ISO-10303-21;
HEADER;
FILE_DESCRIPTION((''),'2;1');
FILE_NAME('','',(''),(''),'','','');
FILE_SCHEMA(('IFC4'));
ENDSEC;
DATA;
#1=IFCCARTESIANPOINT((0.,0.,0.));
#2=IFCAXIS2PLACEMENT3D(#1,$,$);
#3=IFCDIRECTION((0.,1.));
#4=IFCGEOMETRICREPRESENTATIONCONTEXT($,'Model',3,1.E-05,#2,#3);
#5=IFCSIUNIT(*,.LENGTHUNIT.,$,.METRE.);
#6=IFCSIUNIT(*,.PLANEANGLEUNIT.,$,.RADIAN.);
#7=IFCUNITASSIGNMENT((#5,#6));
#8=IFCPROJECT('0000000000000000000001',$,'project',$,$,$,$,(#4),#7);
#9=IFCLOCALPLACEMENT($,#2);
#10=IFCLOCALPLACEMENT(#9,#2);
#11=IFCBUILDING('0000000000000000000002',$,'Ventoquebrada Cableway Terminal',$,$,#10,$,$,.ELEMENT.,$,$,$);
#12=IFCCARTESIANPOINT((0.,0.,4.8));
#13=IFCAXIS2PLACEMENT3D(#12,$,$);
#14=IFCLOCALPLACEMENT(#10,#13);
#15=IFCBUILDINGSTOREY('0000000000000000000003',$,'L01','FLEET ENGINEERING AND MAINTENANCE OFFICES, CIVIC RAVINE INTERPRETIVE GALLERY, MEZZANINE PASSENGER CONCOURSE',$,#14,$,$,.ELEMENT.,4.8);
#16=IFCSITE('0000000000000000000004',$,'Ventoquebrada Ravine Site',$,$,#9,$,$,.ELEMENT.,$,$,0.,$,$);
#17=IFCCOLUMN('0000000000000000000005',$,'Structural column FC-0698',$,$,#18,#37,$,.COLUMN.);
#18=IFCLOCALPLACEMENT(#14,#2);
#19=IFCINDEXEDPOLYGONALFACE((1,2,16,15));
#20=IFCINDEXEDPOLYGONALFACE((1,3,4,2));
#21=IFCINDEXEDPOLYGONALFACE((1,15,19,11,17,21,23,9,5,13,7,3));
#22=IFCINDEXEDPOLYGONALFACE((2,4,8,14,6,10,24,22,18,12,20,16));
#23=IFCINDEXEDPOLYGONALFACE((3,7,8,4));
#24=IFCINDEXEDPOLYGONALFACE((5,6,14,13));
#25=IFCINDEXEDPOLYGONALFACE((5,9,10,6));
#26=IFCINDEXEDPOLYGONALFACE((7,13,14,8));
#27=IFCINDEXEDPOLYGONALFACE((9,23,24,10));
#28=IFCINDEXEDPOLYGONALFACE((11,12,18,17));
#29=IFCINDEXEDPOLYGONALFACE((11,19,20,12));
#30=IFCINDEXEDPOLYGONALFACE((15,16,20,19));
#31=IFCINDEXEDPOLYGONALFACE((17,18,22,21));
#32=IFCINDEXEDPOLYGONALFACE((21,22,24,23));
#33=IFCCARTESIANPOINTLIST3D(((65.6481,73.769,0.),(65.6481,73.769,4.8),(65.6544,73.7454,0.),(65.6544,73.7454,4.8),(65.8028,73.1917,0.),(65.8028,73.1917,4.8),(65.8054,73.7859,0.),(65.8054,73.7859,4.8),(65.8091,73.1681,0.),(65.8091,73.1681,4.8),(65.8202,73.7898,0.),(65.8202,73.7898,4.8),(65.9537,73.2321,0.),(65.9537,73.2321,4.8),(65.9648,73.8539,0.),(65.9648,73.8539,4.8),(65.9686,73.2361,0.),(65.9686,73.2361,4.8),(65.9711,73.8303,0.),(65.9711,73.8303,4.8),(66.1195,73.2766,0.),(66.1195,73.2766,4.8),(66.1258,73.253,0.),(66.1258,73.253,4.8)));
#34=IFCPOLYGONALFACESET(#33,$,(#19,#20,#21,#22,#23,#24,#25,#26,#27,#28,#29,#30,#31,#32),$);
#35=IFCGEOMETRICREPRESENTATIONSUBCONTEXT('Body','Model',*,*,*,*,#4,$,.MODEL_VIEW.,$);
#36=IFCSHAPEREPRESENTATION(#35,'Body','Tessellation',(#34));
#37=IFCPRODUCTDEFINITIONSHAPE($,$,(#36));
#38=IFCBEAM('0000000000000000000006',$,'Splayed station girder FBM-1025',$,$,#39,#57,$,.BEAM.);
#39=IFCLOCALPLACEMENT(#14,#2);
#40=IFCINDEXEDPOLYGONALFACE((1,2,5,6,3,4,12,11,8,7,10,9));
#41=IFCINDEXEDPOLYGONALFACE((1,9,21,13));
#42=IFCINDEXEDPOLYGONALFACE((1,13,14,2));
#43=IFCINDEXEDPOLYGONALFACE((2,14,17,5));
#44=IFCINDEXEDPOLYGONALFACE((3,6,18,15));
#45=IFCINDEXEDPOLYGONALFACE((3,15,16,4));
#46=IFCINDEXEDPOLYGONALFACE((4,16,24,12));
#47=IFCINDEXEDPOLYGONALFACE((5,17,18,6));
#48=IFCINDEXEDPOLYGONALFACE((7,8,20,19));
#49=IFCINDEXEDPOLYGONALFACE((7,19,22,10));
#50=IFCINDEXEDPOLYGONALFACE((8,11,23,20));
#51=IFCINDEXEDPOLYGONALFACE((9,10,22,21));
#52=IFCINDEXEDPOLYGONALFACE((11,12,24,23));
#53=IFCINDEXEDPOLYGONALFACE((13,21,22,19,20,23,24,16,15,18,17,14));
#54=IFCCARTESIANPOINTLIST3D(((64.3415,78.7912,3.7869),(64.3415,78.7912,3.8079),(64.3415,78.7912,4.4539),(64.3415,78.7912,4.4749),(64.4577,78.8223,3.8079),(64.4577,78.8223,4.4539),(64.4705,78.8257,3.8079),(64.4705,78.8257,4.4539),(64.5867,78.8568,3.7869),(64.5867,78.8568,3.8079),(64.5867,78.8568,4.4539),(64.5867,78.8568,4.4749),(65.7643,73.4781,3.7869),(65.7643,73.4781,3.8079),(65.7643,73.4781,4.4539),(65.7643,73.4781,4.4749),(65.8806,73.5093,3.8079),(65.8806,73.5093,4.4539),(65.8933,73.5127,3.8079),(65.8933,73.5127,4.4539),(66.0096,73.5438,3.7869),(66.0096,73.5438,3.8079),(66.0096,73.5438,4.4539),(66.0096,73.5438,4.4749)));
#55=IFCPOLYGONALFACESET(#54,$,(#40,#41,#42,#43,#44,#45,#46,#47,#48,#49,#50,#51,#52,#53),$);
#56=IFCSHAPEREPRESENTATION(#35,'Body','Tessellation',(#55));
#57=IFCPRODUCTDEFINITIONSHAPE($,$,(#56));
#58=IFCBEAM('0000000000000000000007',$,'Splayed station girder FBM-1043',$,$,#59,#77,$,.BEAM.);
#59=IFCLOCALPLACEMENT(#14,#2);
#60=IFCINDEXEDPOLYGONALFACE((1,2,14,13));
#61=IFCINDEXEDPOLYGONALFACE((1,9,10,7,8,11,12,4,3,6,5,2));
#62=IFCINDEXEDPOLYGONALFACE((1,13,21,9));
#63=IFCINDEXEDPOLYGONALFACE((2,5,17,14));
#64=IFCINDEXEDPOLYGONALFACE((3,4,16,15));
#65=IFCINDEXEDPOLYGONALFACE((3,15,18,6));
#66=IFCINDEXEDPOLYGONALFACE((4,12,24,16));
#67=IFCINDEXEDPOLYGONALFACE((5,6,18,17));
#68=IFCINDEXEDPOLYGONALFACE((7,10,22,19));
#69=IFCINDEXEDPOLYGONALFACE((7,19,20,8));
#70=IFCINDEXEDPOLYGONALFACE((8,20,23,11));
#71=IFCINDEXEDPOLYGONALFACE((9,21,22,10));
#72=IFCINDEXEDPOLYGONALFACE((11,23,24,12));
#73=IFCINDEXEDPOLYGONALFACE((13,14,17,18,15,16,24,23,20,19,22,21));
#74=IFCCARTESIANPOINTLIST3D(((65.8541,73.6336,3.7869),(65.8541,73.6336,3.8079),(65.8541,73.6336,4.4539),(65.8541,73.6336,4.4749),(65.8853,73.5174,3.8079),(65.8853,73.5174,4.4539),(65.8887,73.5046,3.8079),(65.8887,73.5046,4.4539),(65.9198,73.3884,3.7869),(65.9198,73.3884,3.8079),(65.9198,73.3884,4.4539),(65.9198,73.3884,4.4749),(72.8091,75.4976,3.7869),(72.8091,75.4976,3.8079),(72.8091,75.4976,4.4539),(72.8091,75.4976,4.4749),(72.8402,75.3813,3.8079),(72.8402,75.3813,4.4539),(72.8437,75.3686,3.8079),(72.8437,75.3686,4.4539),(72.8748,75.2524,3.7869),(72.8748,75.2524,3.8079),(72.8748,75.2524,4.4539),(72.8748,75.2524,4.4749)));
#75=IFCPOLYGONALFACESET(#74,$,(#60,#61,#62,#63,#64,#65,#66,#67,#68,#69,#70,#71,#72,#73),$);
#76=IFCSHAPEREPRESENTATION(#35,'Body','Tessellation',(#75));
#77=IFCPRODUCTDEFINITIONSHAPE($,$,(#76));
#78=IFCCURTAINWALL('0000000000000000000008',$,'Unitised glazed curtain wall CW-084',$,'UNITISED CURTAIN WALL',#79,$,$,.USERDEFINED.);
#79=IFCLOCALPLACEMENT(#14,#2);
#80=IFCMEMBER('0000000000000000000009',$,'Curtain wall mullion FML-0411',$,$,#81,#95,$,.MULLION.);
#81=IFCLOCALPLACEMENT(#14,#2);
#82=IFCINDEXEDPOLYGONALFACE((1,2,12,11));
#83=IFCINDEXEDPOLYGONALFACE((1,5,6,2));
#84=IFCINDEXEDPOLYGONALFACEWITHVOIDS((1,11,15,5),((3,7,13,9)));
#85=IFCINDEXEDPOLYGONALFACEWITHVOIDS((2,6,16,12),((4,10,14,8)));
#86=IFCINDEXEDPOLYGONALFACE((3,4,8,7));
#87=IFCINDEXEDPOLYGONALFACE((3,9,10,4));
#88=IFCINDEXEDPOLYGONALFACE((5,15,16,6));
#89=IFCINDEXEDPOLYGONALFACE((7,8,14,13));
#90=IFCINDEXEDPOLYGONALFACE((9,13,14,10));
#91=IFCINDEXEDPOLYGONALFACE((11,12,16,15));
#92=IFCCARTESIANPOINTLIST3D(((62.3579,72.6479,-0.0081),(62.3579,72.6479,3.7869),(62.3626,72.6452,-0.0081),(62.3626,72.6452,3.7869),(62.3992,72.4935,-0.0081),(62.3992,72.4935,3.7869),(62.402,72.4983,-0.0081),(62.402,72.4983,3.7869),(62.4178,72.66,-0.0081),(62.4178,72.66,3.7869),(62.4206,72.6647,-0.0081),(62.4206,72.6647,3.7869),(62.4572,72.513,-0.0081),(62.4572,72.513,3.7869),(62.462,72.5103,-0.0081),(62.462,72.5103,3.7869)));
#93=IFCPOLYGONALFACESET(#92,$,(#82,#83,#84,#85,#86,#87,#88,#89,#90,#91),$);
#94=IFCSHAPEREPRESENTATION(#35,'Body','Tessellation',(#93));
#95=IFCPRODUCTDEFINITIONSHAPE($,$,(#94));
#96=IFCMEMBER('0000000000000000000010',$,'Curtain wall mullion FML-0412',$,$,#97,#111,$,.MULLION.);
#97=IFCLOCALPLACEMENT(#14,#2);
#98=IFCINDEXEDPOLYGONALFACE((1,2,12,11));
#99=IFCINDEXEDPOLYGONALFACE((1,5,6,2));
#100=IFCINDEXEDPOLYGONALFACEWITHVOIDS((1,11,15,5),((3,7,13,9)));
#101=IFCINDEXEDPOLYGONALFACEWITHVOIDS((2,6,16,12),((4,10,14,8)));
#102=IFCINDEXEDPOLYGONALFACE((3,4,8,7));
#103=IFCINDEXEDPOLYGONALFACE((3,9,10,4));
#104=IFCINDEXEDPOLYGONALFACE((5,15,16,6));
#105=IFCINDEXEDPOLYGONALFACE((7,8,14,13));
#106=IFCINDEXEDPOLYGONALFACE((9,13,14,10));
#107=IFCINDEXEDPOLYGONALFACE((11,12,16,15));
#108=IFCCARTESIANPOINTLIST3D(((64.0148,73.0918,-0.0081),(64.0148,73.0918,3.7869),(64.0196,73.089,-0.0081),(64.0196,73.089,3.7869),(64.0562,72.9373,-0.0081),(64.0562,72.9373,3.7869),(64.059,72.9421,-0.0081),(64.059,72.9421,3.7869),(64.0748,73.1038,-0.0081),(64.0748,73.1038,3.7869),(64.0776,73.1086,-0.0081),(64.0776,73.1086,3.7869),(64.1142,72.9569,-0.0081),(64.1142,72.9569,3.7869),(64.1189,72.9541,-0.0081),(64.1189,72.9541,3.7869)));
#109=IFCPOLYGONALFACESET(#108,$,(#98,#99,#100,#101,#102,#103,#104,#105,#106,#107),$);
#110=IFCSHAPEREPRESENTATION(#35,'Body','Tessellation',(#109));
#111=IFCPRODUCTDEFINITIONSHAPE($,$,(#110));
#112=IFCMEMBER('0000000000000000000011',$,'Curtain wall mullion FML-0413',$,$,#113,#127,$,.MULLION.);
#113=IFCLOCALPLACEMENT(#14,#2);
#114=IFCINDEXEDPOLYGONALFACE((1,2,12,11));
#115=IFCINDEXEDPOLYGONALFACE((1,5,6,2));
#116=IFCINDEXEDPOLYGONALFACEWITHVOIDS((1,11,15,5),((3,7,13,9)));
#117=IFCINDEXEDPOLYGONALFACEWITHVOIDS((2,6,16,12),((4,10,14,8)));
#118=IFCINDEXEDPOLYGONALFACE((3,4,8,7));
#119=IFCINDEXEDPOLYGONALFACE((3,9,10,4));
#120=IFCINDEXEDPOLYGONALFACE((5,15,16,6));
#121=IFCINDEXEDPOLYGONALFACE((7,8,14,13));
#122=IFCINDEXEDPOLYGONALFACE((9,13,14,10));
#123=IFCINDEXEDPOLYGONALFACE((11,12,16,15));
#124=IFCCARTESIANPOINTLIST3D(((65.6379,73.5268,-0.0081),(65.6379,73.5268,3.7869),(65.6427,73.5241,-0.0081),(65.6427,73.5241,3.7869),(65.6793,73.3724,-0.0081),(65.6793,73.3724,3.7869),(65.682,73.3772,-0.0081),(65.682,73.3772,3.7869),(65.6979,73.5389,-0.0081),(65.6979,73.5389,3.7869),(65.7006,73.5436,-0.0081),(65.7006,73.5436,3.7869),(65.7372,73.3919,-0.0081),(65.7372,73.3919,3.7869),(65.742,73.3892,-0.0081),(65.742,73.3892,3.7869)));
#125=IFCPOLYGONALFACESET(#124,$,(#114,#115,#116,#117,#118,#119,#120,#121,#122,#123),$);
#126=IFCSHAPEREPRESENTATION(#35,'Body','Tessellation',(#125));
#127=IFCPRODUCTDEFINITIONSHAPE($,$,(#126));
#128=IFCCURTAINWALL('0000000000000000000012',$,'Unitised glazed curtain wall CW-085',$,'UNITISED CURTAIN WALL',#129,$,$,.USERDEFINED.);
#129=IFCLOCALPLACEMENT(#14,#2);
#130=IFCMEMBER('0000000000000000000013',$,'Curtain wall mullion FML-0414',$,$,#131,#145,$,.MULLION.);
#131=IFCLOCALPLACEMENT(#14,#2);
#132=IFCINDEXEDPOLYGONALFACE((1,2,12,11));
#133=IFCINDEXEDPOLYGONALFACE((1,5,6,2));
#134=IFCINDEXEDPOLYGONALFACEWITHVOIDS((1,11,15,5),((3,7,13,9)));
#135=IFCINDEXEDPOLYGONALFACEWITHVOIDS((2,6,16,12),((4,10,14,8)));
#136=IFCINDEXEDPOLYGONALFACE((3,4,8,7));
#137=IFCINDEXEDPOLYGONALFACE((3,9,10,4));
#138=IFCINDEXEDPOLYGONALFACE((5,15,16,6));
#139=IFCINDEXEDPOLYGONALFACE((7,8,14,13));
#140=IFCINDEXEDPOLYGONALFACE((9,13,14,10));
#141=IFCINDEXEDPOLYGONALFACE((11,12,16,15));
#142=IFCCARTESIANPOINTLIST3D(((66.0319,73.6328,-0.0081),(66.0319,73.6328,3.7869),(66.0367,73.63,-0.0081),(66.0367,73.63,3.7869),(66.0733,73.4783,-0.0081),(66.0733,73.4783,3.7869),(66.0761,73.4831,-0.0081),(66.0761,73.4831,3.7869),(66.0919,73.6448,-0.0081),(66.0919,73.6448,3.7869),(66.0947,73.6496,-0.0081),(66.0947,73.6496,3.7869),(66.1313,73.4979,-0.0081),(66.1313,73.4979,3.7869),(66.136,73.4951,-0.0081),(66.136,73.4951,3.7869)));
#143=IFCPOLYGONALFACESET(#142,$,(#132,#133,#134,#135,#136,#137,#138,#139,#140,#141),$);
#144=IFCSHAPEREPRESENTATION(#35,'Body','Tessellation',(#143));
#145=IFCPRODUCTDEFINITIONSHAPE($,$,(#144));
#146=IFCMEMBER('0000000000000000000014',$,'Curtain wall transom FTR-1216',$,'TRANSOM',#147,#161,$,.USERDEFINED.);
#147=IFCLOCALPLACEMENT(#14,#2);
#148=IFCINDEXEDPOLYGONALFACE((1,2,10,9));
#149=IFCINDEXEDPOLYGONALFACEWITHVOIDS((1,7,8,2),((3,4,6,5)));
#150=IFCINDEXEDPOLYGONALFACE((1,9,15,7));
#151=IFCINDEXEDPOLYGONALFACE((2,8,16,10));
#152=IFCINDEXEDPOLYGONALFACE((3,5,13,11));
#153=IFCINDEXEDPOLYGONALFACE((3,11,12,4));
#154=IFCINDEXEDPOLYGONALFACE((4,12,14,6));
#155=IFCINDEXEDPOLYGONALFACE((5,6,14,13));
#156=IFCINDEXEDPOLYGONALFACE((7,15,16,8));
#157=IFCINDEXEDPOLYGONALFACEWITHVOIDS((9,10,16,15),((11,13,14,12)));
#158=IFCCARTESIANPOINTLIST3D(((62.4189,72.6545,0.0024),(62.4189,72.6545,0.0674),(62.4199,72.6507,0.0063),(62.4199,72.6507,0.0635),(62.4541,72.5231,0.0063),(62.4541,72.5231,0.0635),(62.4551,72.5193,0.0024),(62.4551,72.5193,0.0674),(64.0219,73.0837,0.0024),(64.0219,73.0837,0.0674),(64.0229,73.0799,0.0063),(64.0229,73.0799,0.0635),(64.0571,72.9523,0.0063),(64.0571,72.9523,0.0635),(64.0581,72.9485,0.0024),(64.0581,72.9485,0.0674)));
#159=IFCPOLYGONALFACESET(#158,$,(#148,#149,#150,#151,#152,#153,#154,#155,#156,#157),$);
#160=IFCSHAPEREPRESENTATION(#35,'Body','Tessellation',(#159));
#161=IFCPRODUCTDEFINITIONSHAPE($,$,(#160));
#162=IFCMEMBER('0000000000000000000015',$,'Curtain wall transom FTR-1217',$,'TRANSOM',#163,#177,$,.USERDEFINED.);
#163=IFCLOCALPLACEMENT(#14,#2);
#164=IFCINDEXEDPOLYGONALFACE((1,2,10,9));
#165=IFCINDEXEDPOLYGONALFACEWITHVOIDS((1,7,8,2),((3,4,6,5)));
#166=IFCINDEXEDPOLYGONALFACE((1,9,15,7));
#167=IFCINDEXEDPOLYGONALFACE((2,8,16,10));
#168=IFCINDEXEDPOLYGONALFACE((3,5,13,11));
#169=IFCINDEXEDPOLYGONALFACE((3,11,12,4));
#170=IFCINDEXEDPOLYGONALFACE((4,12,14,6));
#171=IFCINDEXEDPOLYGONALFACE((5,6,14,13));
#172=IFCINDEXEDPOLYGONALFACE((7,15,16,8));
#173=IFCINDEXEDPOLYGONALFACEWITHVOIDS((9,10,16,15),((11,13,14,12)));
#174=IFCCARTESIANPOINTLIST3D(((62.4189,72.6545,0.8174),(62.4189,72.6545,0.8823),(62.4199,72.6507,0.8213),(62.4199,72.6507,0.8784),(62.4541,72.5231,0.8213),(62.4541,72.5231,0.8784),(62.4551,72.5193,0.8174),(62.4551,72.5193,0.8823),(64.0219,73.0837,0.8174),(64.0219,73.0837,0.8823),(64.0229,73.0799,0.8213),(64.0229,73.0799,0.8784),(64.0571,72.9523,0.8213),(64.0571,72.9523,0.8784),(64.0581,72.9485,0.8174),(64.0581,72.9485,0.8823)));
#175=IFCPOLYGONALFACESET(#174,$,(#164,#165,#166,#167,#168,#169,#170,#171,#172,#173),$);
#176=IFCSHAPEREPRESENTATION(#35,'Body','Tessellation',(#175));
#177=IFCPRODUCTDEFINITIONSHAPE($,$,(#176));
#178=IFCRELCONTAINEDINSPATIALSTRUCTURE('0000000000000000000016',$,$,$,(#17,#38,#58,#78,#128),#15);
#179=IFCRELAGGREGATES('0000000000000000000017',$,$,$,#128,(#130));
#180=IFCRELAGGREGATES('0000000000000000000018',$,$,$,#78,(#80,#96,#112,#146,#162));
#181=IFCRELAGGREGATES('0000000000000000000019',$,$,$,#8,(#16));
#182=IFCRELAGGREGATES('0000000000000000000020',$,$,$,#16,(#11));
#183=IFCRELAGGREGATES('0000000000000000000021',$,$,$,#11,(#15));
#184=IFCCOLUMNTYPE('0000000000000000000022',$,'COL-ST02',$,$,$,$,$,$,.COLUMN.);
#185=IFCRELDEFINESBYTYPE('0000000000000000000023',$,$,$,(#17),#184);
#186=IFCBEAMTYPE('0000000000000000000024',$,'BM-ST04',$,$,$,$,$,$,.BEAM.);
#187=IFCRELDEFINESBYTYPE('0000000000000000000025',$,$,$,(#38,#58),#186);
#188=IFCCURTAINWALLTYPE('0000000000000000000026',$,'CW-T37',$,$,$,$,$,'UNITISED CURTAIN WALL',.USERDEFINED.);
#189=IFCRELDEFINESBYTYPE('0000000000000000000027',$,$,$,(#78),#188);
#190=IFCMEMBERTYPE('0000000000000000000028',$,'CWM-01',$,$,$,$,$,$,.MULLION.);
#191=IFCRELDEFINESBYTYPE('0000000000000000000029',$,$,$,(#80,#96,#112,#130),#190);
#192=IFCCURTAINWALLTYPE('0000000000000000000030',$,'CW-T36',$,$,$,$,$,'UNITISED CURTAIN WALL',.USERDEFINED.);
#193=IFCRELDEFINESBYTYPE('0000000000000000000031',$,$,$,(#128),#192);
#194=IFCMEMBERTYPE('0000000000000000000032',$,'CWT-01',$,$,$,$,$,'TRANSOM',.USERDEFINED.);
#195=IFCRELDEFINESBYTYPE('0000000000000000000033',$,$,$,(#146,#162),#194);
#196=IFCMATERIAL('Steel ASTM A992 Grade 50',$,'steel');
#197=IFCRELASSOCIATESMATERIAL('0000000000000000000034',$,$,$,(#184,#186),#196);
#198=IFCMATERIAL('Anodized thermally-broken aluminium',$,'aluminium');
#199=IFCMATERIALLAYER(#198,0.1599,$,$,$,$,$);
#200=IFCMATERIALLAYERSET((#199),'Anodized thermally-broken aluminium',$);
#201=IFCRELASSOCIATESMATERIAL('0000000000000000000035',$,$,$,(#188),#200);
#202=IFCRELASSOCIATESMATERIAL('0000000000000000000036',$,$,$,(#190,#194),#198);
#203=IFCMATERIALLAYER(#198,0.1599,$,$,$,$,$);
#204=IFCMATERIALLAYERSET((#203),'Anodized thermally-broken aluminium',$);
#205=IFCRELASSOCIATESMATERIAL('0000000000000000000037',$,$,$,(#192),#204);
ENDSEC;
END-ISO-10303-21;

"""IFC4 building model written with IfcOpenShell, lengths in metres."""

from ifc_helpers import new_model, si_unit, direction, frame, origin, origin_2d, place, context, subcontext, project, spatial, hollow_rectangle, i_section, extrude, material, layer, layer_set, material_profile, profile_set, type_object, element, aggregate, save


model = new_model("IFC4")

# Units and contexts
model_context = context("Model", 3, precision=1e-05, world=origin(), true_north=direction((0.0, 1.0)))
body_context = subcontext(model_context, "Body", "Model", "MODEL_VIEW")
ifc_project = project(units=[si_unit("LENGTHUNIT", "METRE"), si_unit("PLANEANGLEUNIT", "RADIAN")], contexts=[model_context])

# Site, building, storey
site_placement = place(None, origin())
site = spatial("IfcSite", under=ifc_project, at=site_placement, Name="Ventoquebrada Ravine Site", CompositionType="ELEMENT", RefElevation=0.0)
building_placement = place(site_placement, origin())
building = spatial("IfcBuilding", under=site, at=building_placement, Name="Ventoquebrada Cableway Terminal", CompositionType="ELEMENT")
storey_placement = place(building_placement, frame((0.0, 0.0, 4.8)))
storey = spatial("IfcBuildingStorey", under=building, at=storey_placement, Name="L01", Description="FLEET ENGINEERING AND MAINTENANCE OFFICES, CIVIC RAVINE INTERPRETIVE GALLERY, MEZZANINE PASSENGER CONCOURSE", CompositionType="ELEMENT", Elevation=4.8)

# Column
ifc_material_1 = material(Name="Steel ASTM A992 Grade 50", Category="steel")
ifc_material_profile_1 = material_profile(ifc_material_1, i_section(OverallWidth=0.3279, OverallDepth=0.6221, WebThickness=0.0154, FlangeThickness=0.0244, at=origin_2d()), Name="W24X131")
ifc_profile_set_1 = profile_set([ifc_material_profile_1], Name="Steel ASTM A992 Grade 50")
column_type = type_object("IfcColumnType", Name="COL-ST02", PredefinedType="COLUMN", material=ifc_profile_set_1)
column_placement = place(storey_placement, frame((65.887, 73.511, 0.0), z_axis=(0.0, 0.0, 1.0), x_axis=(0.965926, 0.258819, 0.0)))
element("IfcColumn", 1, at=column_placement, inside=storey, type_object=column_type, Name="Structural column FC-0698", PredefinedType="COLUMN", context=body_context, shape_type="SweptSolid", body=[
    extrude(i_section(OverallWidth=0.3279, OverallDepth=0.6221, WebThickness=0.0154, FlangeThickness=0.0244, at=origin_2d()), origin(), (0.0, 0.0, 1.0), 4.8),
])

# Beams
ifc_material_profile_2 = material_profile(ifc_material_1, i_section(OverallWidth=0.2539, OverallDepth=0.688, WebThickness=0.0132, FlangeThickness=0.021, at=origin_2d()), Name="W27X102")
ifc_profile_set_2 = profile_set([ifc_material_profile_2], Name="Steel ASTM A992 Grade 50")
beam_type = type_object("IfcBeamType", Name="BM-ST04", PredefinedType="BEAM", material=ifc_profile_set_2)
beam_1_placement = place(storey_placement, frame((65.887, 73.511, 4.1309), z_axis=(-0.25869, 0.96596, 0.0), x_axis=(-0.96596, -0.25869, 0.0)))
element("IfcBeam", 2, at=beam_1_placement, inside=storey, type_object=beam_type, Name="Splayed station girder FBM-1025", PredefinedType="BEAM", context=body_context, shape_type="SweptSolid", body=[
    extrude(i_section(OverallWidth=0.2539, OverallDepth=0.688, WebThickness=0.0132, FlangeThickness=0.021, at=origin_2d()), origin(), (0.0, 0.0, 1.0), 5.5002),
])
beam_2_placement = place(storey_placement, frame((65.887, 73.511, 4.1309), z_axis=(0.965912, 0.258872, 0.0), x_axis=(-0.258872, 0.965912, 0.0)))
element("IfcBeam", 3, at=beam_2_placement, inside=storey, type_object=beam_type, Name="Splayed station girder FBM-1043", PredefinedType="BEAM", context=body_context, shape_type="SweptSolid", body=[
    extrude(i_section(OverallWidth=0.2539, OverallDepth=0.688, WebThickness=0.0132, FlangeThickness=0.021, at=origin_2d()), origin(), (0.0, 0.0, 1.0), 7.2004),
])

# Curtain wall, members
ifc_material_2 = material(Name="Anodized thermally-broken aluminium", Category="aluminium")
ifc_layer_1 = layer(ifc_material_2, 0.1599)
ifc_layer_set_1 = layer_set([ifc_layer_1], Name="Anodized thermally-broken aluminium")
curtain_wall_type_1 = type_object("IfcCurtainWallType", Name="CW-T37", ElementType="UNITISED CURTAIN WALL", PredefinedType="USERDEFINED", material=ifc_layer_set_1)
curtain_wall_1_placement = place(storey_placement, origin())
curtain_wall_1 = element("IfcCurtainWall", 4, at=curtain_wall_1_placement, inside=storey, type_object=curtain_wall_type_1, Name="Unitised glazed curtain wall CW-084", ObjectType="UNITISED CURTAIN WALL", PredefinedType="USERDEFINED")
ifc_material_profile_3 = material_profile(ifc_material_2, hollow_rectangle(XDim=0.0649, YDim=0.1599, WallThickness=0.0039, at=origin_2d()), Name="CW-MUL-65X160")
ifc_profile_set_3 = profile_set([ifc_material_profile_3], Name="Anodized thermally-broken aluminium")
member_type_1 = type_object("IfcMemberType", Name="CWM-01", PredefinedType="MULLION", material=ifc_profile_set_3)
member_1_placement = place(storey_placement, frame((62.4099, 72.5791, -0.0081), z_axis=(0.0, 0.0, 1.0), x_axis=(0.965962, 0.258684, 0.0)))
member_1 = element("IfcMember", 5, at=member_1_placement, type_object=member_type_1, Name="Curtain wall mullion FML-0411", PredefinedType="MULLION", context=body_context, shape_type="SweptSolid", body=[
    extrude(hollow_rectangle(XDim=0.0649, YDim=0.1599, WallThickness=0.0039, at=origin_2d()), origin(), (0.0, 0.0, 1.0), 3.7949),
])
member_2_placement = place(storey_placement, frame((64.0669, 73.0229, -0.0081), z_axis=(0.0, 0.0, 1.0), x_axis=(0.965962, 0.258684, 0.0)))
member_2 = element("IfcMember", 6, at=member_2_placement, type_object=member_type_1, Name="Curtain wall mullion FML-0412", PredefinedType="MULLION", context=body_context, shape_type="SweptSolid", body=[
    extrude(hollow_rectangle(XDim=0.0649, YDim=0.1599, WallThickness=0.0039, at=origin_2d()), origin(), (0.0, 0.0, 1.0), 3.7949),
])
member_3_placement = place(storey_placement, frame((65.6899, 73.458, -0.0081), z_axis=(0.0, 0.0, 1.0), x_axis=(0.965962, 0.258684, 0.0)))
member_3 = element("IfcMember", 7, at=member_3_placement, type_object=member_type_1, Name="Curtain wall mullion FML-0413", PredefinedType="MULLION", context=body_context, shape_type="SweptSolid", body=[
    extrude(hollow_rectangle(XDim=0.0649, YDim=0.1599, WallThickness=0.0039, at=origin_2d()), origin(), (0.0, 0.0, 1.0), 3.7949),
])

# Curtain wall, member
ifc_layer_2 = layer(ifc_material_2, 0.1599)
ifc_layer_set_2 = layer_set([ifc_layer_2], Name="Anodized thermally-broken aluminium")
curtain_wall_type_2 = type_object("IfcCurtainWallType", Name="CW-T36", ElementType="UNITISED CURTAIN WALL", PredefinedType="USERDEFINED", material=ifc_layer_set_2)
curtain_wall_2_placement = place(storey_placement, origin())
curtain_wall_2 = element("IfcCurtainWall", 8, at=curtain_wall_2_placement, inside=storey, type_object=curtain_wall_type_2, Name="Unitised glazed curtain wall CW-085", ObjectType="UNITISED CURTAIN WALL", PredefinedType="USERDEFINED")
member_4_placement = place(storey_placement, frame((66.084, 73.564, -0.0081), z_axis=(0.0, 0.0, 1.0), x_axis=(0.965935, 0.258785, 0.0)))
member_4 = element("IfcMember", 9, at=member_4_placement, type_object=member_type_1, Name="Curtain wall mullion FML-0414", PredefinedType="MULLION", context=body_context, shape_type="SweptSolid", body=[
    extrude(hollow_rectangle(XDim=0.0649, YDim=0.1599, WallThickness=0.0039, at=origin_2d()), origin(), (0.0, 0.0, 1.0), 3.7949),
])

# Members
ifc_material_profile_4 = material_profile(ifc_material_2, hollow_rectangle(XDim=0.0649, YDim=0.1399, WallThickness=0.0039, at=origin_2d()), Name="CW-TRN-65X140")
ifc_profile_set_4 = profile_set([ifc_material_profile_4], Name="Anodized thermally-broken aluminium")
member_type_2 = type_object("IfcMemberType", Name="CWT-01", ElementType="TRANSOM", PredefinedType="USERDEFINED", material=ifc_profile_set_4)
member_5_placement = place(storey_placement, frame((62.437, 72.5869, 0.0349), z_axis=(0.965976, 0.258633, 0.0), x_axis=(0.0, 0.0, 1.0)))
member_5 = element("IfcMember", 10, at=member_5_placement, type_object=member_type_2, Name="Curtain wall transom FTR-1216", ObjectType="TRANSOM", PredefinedType="USERDEFINED", context=body_context, shape_type="SweptSolid", body=[
    extrude(hollow_rectangle(XDim=0.0649, YDim=0.1399, WallThickness=0.0039, at=origin_2d()), origin(), (0.0, 0.0, 1.0), 1.6594),
])
member_6_placement = place(storey_placement, frame((62.437, 72.5869, 0.8499), z_axis=(0.965976, 0.258633, 0.0), x_axis=(0.0, 0.0, 1.0)))
member_6 = element("IfcMember", 11, at=member_6_placement, type_object=member_type_2, Name="Curtain wall transom FTR-1217", ObjectType="TRANSOM", PredefinedType="USERDEFINED", context=body_context, shape_type="SweptSolid", body=[
    extrude(hollow_rectangle(XDim=0.0649, YDim=0.1399, WallThickness=0.0039, at=origin_2d()), origin(), (0.0, 0.0, 1.0), 1.6594),
])
aggregate(curtain_wall_2, [member_4])

aggregate(curtain_wall_1, [member_1, member_2, member_3, member_5, member_6])

save(model, "model.ifc")
